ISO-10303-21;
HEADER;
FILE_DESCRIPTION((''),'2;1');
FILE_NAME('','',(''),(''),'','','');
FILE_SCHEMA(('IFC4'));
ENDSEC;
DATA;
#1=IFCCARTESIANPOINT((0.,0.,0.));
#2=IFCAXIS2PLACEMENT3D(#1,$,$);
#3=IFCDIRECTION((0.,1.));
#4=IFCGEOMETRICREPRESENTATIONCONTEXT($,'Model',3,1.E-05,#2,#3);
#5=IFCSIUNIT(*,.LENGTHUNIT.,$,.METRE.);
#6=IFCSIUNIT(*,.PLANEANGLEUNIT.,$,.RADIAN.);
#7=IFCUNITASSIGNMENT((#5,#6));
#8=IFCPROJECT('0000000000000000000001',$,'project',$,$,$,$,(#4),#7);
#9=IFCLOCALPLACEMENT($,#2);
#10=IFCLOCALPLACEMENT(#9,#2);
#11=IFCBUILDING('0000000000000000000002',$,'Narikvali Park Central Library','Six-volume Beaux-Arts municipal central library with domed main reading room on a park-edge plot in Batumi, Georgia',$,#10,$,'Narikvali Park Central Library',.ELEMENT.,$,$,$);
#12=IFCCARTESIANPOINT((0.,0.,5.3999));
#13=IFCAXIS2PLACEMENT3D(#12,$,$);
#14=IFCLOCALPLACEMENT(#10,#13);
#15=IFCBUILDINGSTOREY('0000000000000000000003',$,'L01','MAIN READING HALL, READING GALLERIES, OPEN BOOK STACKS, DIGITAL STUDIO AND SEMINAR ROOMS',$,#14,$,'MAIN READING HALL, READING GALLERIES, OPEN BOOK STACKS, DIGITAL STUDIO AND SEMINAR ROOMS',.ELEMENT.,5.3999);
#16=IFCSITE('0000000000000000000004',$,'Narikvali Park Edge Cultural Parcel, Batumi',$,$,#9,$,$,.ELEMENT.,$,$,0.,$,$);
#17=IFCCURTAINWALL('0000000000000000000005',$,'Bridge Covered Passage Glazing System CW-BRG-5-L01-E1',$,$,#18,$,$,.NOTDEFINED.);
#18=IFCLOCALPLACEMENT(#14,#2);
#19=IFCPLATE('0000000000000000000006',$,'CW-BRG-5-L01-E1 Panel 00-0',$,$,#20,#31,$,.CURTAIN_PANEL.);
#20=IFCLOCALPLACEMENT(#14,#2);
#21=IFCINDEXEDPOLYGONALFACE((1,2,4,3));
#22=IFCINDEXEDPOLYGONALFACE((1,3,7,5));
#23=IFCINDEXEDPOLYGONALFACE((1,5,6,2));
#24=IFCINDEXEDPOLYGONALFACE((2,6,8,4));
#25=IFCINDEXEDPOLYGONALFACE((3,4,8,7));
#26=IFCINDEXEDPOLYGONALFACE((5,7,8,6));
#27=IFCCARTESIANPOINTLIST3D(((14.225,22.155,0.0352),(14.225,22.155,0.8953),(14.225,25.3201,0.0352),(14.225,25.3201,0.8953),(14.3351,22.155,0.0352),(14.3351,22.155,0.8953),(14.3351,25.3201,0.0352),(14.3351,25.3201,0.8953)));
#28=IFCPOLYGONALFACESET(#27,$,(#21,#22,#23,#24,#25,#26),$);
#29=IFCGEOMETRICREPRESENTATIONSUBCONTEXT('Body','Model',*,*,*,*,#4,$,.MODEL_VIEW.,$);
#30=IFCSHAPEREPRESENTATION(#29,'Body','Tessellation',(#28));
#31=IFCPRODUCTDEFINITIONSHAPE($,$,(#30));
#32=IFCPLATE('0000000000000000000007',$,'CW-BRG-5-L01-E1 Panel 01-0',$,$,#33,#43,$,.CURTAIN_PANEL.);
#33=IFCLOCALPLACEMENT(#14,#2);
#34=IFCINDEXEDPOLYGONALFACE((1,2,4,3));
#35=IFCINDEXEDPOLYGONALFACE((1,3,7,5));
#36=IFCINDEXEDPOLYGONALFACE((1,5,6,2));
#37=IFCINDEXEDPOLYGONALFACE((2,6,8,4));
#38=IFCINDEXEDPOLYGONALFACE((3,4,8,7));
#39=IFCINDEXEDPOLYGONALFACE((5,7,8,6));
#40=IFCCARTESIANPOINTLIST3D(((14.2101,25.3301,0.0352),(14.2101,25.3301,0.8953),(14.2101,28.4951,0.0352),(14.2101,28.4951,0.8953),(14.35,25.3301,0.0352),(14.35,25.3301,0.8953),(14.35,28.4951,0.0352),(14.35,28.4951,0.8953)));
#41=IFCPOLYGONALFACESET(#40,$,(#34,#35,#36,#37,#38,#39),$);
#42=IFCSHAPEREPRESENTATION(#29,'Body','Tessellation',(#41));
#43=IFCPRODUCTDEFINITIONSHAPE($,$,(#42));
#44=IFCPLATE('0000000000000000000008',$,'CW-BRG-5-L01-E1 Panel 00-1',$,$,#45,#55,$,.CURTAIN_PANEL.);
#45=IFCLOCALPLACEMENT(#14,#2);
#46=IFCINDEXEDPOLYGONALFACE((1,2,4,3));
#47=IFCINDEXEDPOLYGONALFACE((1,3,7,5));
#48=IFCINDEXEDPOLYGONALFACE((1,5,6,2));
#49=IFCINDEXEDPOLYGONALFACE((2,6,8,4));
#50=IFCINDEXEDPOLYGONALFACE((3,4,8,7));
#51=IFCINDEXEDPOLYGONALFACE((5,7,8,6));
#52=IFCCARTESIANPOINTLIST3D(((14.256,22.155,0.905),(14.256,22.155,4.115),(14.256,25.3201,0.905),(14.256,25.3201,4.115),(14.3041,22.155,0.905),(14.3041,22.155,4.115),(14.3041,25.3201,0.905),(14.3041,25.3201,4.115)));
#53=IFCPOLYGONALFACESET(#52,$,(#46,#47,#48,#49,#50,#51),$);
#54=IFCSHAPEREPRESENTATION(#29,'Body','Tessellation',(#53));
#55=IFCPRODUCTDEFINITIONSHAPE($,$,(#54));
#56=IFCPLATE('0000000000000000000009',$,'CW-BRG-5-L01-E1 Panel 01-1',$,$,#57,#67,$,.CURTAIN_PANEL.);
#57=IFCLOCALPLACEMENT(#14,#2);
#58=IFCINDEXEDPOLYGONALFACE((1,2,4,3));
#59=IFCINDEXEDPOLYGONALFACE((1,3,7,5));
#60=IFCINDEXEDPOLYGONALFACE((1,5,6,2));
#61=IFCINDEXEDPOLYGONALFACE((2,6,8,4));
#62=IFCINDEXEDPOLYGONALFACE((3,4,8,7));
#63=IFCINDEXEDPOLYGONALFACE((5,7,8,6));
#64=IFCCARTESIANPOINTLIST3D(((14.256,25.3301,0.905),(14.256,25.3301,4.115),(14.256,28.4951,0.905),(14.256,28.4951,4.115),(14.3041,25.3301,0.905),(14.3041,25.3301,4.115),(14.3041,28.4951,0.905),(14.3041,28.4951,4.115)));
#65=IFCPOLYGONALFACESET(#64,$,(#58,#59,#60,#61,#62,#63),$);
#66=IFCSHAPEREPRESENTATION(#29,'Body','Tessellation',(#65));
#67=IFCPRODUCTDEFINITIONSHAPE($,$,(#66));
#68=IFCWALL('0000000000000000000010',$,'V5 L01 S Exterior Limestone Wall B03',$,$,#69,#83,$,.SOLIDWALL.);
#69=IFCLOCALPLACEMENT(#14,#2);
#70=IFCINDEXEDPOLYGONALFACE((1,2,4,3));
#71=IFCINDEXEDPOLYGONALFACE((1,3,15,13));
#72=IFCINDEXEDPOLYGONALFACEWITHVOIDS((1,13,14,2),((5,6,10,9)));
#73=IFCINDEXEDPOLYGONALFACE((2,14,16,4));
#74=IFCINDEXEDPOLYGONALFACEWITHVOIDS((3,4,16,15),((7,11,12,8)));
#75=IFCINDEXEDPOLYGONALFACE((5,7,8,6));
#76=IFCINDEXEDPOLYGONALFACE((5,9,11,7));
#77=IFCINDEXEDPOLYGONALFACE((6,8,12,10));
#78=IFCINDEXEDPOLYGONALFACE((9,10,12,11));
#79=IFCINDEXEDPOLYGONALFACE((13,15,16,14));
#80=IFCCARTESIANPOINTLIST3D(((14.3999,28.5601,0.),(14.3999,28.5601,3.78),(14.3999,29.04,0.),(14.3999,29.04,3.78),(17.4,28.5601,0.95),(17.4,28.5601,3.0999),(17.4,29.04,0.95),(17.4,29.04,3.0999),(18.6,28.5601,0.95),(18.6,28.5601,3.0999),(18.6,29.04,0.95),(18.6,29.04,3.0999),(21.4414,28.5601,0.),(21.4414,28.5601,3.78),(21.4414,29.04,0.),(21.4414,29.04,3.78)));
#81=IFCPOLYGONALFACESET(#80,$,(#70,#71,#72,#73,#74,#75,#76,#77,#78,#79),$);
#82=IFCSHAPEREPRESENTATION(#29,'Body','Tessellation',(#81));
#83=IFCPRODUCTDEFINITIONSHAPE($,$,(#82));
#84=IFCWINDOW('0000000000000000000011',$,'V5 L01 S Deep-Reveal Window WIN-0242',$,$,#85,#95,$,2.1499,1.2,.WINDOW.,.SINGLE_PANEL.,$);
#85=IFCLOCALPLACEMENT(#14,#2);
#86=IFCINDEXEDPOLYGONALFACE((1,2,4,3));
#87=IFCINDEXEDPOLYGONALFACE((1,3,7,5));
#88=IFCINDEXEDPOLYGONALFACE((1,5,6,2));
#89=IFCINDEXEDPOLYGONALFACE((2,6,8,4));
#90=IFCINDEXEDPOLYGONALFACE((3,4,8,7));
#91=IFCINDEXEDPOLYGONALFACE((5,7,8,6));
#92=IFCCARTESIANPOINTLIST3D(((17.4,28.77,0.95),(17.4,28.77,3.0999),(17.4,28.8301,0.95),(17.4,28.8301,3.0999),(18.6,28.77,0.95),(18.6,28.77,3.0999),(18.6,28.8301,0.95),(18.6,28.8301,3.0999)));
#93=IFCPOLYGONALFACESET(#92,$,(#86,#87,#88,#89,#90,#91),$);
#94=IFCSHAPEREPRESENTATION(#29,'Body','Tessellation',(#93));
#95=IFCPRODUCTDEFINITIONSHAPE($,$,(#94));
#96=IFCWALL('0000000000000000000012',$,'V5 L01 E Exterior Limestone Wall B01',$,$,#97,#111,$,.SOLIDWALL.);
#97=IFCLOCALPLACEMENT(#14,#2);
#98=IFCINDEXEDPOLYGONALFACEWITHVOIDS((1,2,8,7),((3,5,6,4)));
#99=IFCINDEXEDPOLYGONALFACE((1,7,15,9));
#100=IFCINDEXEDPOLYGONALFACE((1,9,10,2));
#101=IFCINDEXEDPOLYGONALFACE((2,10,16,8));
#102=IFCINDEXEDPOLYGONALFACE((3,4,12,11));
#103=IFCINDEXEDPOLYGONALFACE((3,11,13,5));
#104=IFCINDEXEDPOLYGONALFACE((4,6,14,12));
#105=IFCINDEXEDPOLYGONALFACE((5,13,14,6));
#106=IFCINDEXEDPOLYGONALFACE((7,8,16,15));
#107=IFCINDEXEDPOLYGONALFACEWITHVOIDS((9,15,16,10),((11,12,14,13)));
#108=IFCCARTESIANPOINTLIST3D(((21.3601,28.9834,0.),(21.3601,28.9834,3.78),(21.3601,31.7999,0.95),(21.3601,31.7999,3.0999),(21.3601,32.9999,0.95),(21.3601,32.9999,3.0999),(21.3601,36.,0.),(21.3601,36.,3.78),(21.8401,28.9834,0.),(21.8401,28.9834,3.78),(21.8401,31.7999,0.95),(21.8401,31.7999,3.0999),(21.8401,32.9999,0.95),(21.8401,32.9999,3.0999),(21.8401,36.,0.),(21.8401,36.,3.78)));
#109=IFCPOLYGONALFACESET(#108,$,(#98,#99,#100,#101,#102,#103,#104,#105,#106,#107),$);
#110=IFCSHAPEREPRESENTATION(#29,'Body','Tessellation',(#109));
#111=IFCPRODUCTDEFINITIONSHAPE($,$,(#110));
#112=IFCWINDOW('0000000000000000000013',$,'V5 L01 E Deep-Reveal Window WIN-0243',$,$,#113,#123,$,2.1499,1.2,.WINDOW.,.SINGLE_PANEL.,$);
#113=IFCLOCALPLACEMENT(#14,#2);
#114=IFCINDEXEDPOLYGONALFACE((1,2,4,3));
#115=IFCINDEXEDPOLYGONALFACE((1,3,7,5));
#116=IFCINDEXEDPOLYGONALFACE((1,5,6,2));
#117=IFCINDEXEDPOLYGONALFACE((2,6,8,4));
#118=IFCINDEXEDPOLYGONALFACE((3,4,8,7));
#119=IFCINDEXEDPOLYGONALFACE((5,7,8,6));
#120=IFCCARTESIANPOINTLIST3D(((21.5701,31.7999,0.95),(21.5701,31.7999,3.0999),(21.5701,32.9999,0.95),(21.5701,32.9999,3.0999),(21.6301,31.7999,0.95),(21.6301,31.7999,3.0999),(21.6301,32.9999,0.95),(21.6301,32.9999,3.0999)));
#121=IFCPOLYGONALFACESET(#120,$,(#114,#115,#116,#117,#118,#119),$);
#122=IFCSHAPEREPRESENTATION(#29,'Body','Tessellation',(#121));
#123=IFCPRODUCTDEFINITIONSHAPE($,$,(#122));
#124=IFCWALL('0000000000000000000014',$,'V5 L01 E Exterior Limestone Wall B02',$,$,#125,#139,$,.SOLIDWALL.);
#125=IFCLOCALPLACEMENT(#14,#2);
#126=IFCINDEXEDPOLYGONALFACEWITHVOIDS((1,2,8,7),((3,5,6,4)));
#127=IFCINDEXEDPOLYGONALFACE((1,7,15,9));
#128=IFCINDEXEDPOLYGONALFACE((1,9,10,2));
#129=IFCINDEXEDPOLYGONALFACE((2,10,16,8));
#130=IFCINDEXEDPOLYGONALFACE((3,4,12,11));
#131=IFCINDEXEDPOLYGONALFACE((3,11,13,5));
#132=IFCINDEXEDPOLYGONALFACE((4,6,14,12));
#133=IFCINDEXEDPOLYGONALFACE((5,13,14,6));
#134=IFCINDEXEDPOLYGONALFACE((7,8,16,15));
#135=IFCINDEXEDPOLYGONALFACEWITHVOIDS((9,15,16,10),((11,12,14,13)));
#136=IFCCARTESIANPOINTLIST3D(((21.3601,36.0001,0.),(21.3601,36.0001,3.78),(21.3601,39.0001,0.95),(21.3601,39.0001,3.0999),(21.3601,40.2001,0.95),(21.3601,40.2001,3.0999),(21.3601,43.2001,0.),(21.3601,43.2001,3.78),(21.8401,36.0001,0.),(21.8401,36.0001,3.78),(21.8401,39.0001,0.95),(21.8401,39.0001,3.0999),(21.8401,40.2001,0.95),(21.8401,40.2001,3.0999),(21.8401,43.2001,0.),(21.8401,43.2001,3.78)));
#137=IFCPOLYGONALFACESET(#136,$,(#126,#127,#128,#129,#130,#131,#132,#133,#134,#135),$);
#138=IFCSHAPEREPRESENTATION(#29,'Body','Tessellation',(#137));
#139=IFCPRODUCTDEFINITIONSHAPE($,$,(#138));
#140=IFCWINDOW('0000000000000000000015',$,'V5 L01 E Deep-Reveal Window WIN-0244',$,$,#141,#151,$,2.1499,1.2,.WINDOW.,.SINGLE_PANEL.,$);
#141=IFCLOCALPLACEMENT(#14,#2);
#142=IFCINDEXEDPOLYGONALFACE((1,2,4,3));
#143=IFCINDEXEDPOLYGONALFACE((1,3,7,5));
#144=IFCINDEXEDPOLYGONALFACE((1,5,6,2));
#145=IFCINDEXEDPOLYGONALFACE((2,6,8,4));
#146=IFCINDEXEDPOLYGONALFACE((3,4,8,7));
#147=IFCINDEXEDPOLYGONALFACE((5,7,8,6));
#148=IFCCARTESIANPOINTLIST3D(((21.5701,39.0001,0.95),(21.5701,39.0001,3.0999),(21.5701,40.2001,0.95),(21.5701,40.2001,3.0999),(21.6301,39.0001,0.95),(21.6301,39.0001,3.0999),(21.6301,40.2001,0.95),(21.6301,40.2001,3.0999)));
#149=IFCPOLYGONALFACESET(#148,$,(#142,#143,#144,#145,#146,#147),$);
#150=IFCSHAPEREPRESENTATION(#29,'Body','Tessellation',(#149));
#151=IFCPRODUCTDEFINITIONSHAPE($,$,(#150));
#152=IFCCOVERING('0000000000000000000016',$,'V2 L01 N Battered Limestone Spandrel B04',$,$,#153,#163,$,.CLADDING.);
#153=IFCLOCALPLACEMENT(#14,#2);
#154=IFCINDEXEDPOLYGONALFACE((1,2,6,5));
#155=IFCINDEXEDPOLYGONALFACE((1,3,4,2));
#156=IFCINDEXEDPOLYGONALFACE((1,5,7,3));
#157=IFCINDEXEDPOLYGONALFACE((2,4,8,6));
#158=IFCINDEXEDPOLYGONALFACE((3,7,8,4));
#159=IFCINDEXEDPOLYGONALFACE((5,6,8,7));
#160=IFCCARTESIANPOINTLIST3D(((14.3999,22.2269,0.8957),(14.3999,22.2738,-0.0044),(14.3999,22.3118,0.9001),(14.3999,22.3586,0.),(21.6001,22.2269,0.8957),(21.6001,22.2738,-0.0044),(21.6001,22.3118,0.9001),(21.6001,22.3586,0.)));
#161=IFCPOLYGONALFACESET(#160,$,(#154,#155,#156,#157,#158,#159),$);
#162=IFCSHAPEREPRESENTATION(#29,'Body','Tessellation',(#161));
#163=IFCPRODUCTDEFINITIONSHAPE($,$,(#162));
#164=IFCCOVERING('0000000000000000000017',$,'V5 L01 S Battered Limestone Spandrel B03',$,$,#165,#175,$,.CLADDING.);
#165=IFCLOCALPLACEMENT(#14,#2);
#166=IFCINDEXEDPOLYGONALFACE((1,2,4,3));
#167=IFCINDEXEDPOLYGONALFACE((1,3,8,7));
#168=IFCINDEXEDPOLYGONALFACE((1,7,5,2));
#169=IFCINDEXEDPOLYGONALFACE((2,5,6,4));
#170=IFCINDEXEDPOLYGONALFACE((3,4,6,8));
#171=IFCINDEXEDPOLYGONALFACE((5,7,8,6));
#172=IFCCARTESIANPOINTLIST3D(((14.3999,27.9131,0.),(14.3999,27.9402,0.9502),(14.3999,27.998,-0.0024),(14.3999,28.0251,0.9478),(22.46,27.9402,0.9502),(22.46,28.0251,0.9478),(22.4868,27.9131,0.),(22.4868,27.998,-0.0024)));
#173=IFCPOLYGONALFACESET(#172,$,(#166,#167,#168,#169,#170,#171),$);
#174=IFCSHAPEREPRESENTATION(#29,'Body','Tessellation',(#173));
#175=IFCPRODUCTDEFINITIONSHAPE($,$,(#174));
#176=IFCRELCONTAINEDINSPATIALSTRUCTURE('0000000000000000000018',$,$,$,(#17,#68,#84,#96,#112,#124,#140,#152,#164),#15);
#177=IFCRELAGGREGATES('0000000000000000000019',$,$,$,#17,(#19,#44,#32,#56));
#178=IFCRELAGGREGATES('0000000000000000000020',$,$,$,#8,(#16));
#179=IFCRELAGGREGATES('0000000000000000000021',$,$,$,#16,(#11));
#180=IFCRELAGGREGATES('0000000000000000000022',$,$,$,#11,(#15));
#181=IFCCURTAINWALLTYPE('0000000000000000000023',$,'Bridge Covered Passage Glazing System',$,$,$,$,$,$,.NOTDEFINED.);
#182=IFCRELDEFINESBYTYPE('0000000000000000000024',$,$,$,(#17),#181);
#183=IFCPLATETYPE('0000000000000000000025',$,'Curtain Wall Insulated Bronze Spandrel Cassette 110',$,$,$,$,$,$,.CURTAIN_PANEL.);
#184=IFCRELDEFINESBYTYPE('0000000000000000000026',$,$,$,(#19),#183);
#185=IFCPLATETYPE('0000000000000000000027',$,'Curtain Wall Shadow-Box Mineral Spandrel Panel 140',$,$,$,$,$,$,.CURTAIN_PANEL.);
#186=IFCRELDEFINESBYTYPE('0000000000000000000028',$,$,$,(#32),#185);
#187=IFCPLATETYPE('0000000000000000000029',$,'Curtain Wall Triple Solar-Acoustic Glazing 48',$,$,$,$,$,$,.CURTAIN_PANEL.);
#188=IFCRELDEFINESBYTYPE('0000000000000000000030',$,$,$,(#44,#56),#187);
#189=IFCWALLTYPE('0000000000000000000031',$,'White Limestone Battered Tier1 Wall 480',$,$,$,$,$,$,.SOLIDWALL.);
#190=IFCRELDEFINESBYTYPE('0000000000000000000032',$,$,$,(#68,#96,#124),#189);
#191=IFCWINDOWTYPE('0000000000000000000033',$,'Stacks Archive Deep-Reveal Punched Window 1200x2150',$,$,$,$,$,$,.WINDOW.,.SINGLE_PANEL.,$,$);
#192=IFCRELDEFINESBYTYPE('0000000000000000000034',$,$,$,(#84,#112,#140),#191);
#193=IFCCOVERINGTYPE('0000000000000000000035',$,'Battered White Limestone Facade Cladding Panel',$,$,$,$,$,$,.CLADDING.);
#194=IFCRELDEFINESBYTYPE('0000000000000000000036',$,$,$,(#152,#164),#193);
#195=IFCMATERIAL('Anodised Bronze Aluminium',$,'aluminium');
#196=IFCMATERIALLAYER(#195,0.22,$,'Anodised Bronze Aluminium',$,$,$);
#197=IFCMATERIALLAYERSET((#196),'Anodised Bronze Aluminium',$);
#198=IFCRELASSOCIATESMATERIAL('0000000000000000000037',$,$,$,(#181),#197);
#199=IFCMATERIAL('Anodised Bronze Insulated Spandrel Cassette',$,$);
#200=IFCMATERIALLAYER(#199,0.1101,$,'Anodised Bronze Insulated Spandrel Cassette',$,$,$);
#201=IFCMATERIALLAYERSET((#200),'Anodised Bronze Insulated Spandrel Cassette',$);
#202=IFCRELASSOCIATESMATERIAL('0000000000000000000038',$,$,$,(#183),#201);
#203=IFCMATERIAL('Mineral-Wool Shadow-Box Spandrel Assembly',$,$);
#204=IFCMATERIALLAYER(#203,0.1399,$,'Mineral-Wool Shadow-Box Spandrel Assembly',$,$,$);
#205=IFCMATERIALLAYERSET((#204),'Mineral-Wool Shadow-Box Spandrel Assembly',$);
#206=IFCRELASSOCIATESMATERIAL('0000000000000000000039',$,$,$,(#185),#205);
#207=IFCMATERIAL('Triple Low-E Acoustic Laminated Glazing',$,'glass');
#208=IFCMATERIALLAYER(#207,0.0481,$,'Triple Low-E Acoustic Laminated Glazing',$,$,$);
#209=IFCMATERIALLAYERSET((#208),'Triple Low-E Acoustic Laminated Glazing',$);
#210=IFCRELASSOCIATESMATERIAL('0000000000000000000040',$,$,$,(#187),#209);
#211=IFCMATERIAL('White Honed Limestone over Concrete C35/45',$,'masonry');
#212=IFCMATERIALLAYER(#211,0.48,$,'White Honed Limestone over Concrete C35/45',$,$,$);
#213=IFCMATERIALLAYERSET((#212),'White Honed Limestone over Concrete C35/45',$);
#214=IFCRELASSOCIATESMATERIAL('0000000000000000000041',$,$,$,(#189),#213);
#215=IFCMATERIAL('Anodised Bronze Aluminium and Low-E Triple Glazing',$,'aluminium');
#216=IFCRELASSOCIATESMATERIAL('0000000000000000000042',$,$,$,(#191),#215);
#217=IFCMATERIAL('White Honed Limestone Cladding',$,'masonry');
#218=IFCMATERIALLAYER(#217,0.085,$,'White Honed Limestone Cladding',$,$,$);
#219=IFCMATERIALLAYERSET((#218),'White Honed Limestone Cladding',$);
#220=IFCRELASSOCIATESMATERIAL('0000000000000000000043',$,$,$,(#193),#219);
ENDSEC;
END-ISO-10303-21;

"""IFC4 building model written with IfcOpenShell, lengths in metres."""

from ifc_helpers import new_model, si_unit, direction, frame, frame_2d, origin, origin_2d, place, context, subcontext, project, spatial, polyline, rectangle, outline, extrude, material, layer, layer_set, type_object, element, fill, aggregate, save


model = new_model("IFC4")

# Units and contexts
model_context = context("Model", 3, precision=1e-05, world=origin(), true_north=direction((0.0, 1.0)))
body_context = subcontext(model_context, "Body", "Model", "MODEL_VIEW")
ifc_project = project(units=[si_unit("LENGTHUNIT", "METRE"), si_unit("PLANEANGLEUNIT", "RADIAN")], contexts=[model_context])

# Site, building, storey
site_placement = place(None, origin())
site = spatial("IfcSite", under=ifc_project, at=site_placement, Name="Narikvali Park Edge Cultural Parcel, Batumi", CompositionType="ELEMENT", RefElevation=0.0)
building_placement = place(site_placement, origin())
building = spatial("IfcBuilding", under=site, at=building_placement, Name="Narikvali Park Central Library", Description="Six-volume Beaux-Arts municipal central library with domed main reading room on a park-edge plot in Batumi, Georgia", LongName="Narikvali Park Central Library", CompositionType="ELEMENT")
storey_placement = place(building_placement, frame((0.0, 0.0, 5.3999)))
storey = spatial("IfcBuildingStorey", under=building, at=storey_placement, Name="L01", Description="MAIN READING HALL, READING GALLERIES, OPEN BOOK STACKS, DIGITAL STUDIO AND SEMINAR ROOMS", LongName="MAIN READING HALL, READING GALLERIES, OPEN BOOK STACKS, DIGITAL STUDIO AND SEMINAR ROOMS", CompositionType="ELEMENT", Elevation=5.3999)

# Curtain wall
ifc_material_1 = material(Name="Anodised Bronze Aluminium", Category="aluminium")
ifc_layer_1 = layer(ifc_material_1, 0.22, Name="Anodised Bronze Aluminium")
ifc_layer_set_1 = layer_set([ifc_layer_1], Name="Anodised Bronze Aluminium")
curtain_wall_type = type_object("IfcCurtainWallType", Name="Bridge Covered Passage Glazing System", PredefinedType="NOTDEFINED", material=ifc_layer_set_1)
curtain_wall_placement = place(storey_placement, origin())
curtain_wall = element("IfcCurtainWall", 1, at=curtain_wall_placement, inside=storey, type_object=curtain_wall_type, Name="Bridge Covered Passage Glazing System CW-BRG-5-L01-E1", PredefinedType="NOTDEFINED")

# Plates
ifc_material_2 = material(Name="Anodised Bronze Insulated Spandrel Cassette")
ifc_layer_2 = layer(ifc_material_2, 0.1101, Name="Anodised Bronze Insulated Spandrel Cassette")
ifc_layer_set_2 = layer_set([ifc_layer_2], Name="Anodised Bronze Insulated Spandrel Cassette")
plate_type_1 = type_object("IfcPlateType", Name="Curtain Wall Insulated Bronze Spandrel Cassette 110", PredefinedType="CURTAIN_PANEL", material=ifc_layer_set_2)
plate_1_placement = place(storey_placement, frame((14.28, 23.7375, 0.0352), z_axis=(0.0, 0.0, 1.0), x_axis=(0.0, 1.0, 0.0)))
plate_1 = element("IfcPlate", 2, at=plate_1_placement, type_object=plate_type_1, Name="CW-BRG-5-L01-E1 Panel 00-0", PredefinedType="CURTAIN_PANEL", context=body_context, shape_type="SweptSolid", body=[
    extrude(rectangle(XDim=3.165, YDim=0.1101, at=origin_2d()), origin(), (0.0, 0.0, 1.0), 0.8601),
])
ifc_material_3 = material(Name="Mineral-Wool Shadow-Box Spandrel Assembly")
ifc_layer_3 = layer(ifc_material_3, 0.1399, Name="Mineral-Wool Shadow-Box Spandrel Assembly")
ifc_layer_set_3 = layer_set([ifc_layer_3], Name="Mineral-Wool Shadow-Box Spandrel Assembly")
plate_type_2 = type_object("IfcPlateType", Name="Curtain Wall Shadow-Box Mineral Spandrel Panel 140", PredefinedType="CURTAIN_PANEL", material=ifc_layer_set_3)
plate_2_placement = place(storey_placement, frame((14.28, 26.9126, 0.0352), z_axis=(0.0, 0.0, 1.0), x_axis=(0.0, 1.0, 0.0)))
plate_2 = element("IfcPlate", 3, at=plate_2_placement, type_object=plate_type_2, Name="CW-BRG-5-L01-E1 Panel 01-0", PredefinedType="CURTAIN_PANEL", context=body_context, shape_type="SweptSolid", body=[
    extrude(rectangle(XDim=3.165, YDim=0.1399, at=origin_2d()), origin(), (0.0, 0.0, 1.0), 0.8601),
])
ifc_material_4 = material(Name="Triple Low-E Acoustic Laminated Glazing", Category="glass")
ifc_layer_4 = layer(ifc_material_4, 0.0481, Name="Triple Low-E Acoustic Laminated Glazing")
ifc_layer_set_4 = layer_set([ifc_layer_4], Name="Triple Low-E Acoustic Laminated Glazing")
plate_type_3 = type_object("IfcPlateType", Name="Curtain Wall Triple Solar-Acoustic Glazing 48", PredefinedType="CURTAIN_PANEL", material=ifc_layer_set_4)
plate_3_placement = place(storey_placement, frame((14.28, 23.7375, 0.905), z_axis=(0.0, 0.0, 1.0), x_axis=(0.0, 1.0, 0.0)))
plate_3 = element("IfcPlate", 4, at=plate_3_placement, type_object=plate_type_3, Name="CW-BRG-5-L01-E1 Panel 00-1", PredefinedType="CURTAIN_PANEL", context=body_context, shape_type="SweptSolid", body=[
    extrude(rectangle(XDim=3.165, YDim=0.0481, at=origin_2d()), origin(), (0.0, 0.0, 1.0), 3.21),
])
plate_4_placement = place(storey_placement, frame((14.28, 26.9126, 0.905), z_axis=(0.0, 0.0, 1.0), x_axis=(0.0, 1.0, 0.0)))
plate_4 = element("IfcPlate", 5, at=plate_4_placement, type_object=plate_type_3, Name="CW-BRG-5-L01-E1 Panel 01-1", PredefinedType="CURTAIN_PANEL", context=body_context, shape_type="SweptSolid", body=[
    extrude(rectangle(XDim=3.165, YDim=0.0481, at=origin_2d()), origin(), (0.0, 0.0, 1.0), 3.21),
])
aggregate(curtain_wall, [plate_1, plate_3, plate_2, plate_4])

# Walls, openings, windows
ifc_material_5 = material(Name="White Honed Limestone over Concrete C35/45", Category="masonry")
ifc_layer_5 = layer(ifc_material_5, 0.48, Name="White Honed Limestone over Concrete C35/45")
ifc_layer_set_5 = layer_set([ifc_layer_5], Name="White Honed Limestone over Concrete C35/45")
wall_type = type_object("IfcWallType", Name="White Limestone Battered Tier1 Wall 480", PredefinedType="SOLIDWALL", material=ifc_layer_set_5)
wall_1_placement = place(storey_placement, frame((14.3999, 28.8, 0.0), z_axis=(0.0, 0.0, 1.0), x_axis=(1.0, 0.0, 0.0)))
wall_1 = element("IfcWall", 6, at=wall_1_placement, inside=storey, type_object=wall_type, Name="V5 L01 S Exterior Limestone Wall B03", PredefinedType="SOLIDWALL", context=body_context, shape_type="SweptSolid", body=[
    extrude(rectangle(XDim=7.0415, YDim=0.48, at=frame_2d((3.5208, 0.0))), origin(), (0.0, 0.0, 1.0), 3.78),
])
opening_1_placement = place(wall_1_placement, frame((3.0, 0.0, 0.95)))
opening_1 = element("IfcOpeningElement", 7, at=opening_1_placement, cuts=wall_1, PredefinedType="OPENING", context=body_context, shape_type="SweptSolid", body=[
    extrude(rectangle(XDim=1.2, YDim=2.1499, at=frame_2d((0.6001, 1.075))), frame((0.0, 0.252, 0.0), z_axis=(0.0, -1.0, 0.0), x_axis=(1.0, 0.0, 0.0)), (0.0, 0.0, 1.0), 0.5039),
])
ifc_material_6 = material(Name="Anodised Bronze Aluminium and Low-E Triple Glazing", Category="aluminium")
window_type = type_object("IfcWindowType", Name="Stacks Archive Deep-Reveal Punched Window 1200x2150", PartitioningType="SINGLE_PANEL", PredefinedType="WINDOW", material=ifc_material_6)
window_1_placement = place(opening_1_placement, origin())
window_1 = element("IfcWindow", 8, at=window_1_placement, inside=storey, type_object=window_type, Name="V5 L01 S Deep-Reveal Window WIN-0242", OverallHeight=2.1499, OverallWidth=1.2, PartitioningType="SINGLE_PANEL", PredefinedType="WINDOW", context=body_context, shape_type="SweptSolid", body=[
    extrude(rectangle(XDim=1.2, YDim=2.1499, at=frame_2d((0.6001, 1.075))), frame((0.0, 0.03, 0.0), z_axis=(0.0, -1.0, 0.0), x_axis=(1.0, 0.0, 0.0)), (0.0, 0.0, 1.0), 0.0601),
])
fill(opening_1, window_1)
wall_2_placement = place(storey_placement, frame((21.6001, 28.9834, 0.0), z_axis=(0.0, 0.0, 1.0), x_axis=(0.0, 1.0, 0.0)))
wall_2 = element("IfcWall", 9, at=wall_2_placement, inside=storey, type_object=wall_type, Name="V5 L01 E Exterior Limestone Wall B01", PredefinedType="SOLIDWALL", context=body_context, shape_type="SweptSolid", body=[
    extrude(rectangle(XDim=7.0166, YDim=0.48, at=frame_2d((3.5083, 0.0))), origin(), (0.0, 0.0, 1.0), 3.78),
])
opening_2_placement = place(wall_2_placement, frame((2.8164, 0.0, 0.95)))
opening_2 = element("IfcOpeningElement", 10, at=opening_2_placement, cuts=wall_2, PredefinedType="OPENING", context=body_context, shape_type="SweptSolid", body=[
    extrude(rectangle(XDim=1.2, YDim=2.1499, at=frame_2d((0.6001, 1.075))), frame((0.0, 0.252, 0.0), z_axis=(0.0, -1.0, 0.0), x_axis=(1.0, 0.0, 0.0)), (0.0, 0.0, 1.0), 0.5039),
])
window_2_placement = place(opening_2_placement, origin())
window_2 = element("IfcWindow", 11, at=window_2_placement, inside=storey, type_object=window_type, Name="V5 L01 E Deep-Reveal Window WIN-0243", OverallHeight=2.1499, OverallWidth=1.2, PartitioningType="SINGLE_PANEL", PredefinedType="WINDOW", context=body_context, shape_type="SweptSolid", body=[
    extrude(rectangle(XDim=1.2, YDim=2.1499, at=frame_2d((0.6001, 1.075))), frame((0.0, 0.03, 0.0), z_axis=(0.0, -1.0, 0.0), x_axis=(1.0, 0.0, 0.0)), (0.0, 0.0, 1.0), 0.0601),
])
fill(opening_2, window_2)
wall_3_placement = place(storey_placement, frame((21.6001, 36.0, 0.0), z_axis=(0.0, 0.0, 1.0), x_axis=(0.0, 1.0, 0.0)))
wall_3 = element("IfcWall", 12, at=wall_3_placement, inside=storey, type_object=wall_type, Name="V5 L01 E Exterior Limestone Wall B02", PredefinedType="SOLIDWALL", context=body_context, shape_type="SweptSolid", body=[
    extrude(rectangle(XDim=7.2, YDim=0.48, at=frame_2d((3.6001, 0.0))), origin(), (0.0, 0.0, 1.0), 3.78),
])
opening_3_placement = place(wall_3_placement, frame((3.0, 0.0, 0.95)))
opening_3 = element("IfcOpeningElement", 13, at=opening_3_placement, cuts=wall_3, PredefinedType="OPENING", context=body_context, shape_type="SweptSolid", body=[
    extrude(rectangle(XDim=1.2, YDim=2.1499, at=frame_2d((0.6001, 1.075))), frame((0.0, 0.252, 0.0), z_axis=(0.0, -1.0, 0.0), x_axis=(1.0, 0.0, 0.0)), (0.0, 0.0, 1.0), 0.5039),
])
window_3_placement = place(opening_3_placement, origin())
window_3 = element("IfcWindow", 14, at=window_3_placement, inside=storey, type_object=window_type, Name="V5 L01 E Deep-Reveal Window WIN-0244", OverallHeight=2.1499, OverallWidth=1.2, PartitioningType="SINGLE_PANEL", PredefinedType="WINDOW", context=body_context, shape_type="SweptSolid", body=[
    extrude(rectangle(XDim=1.2, YDim=2.1499, at=frame_2d((0.6001, 1.075))), frame((0.0, 0.03, 0.0), z_axis=(0.0, -1.0, 0.0), x_axis=(1.0, 0.0, 0.0)), (0.0, 0.0, 1.0), 0.0601),
])
fill(opening_3, window_3)

# Coverings
ifc_material_7 = material(Name="White Honed Limestone Cladding", Category="masonry")
ifc_layer_6 = layer(ifc_material_7, 0.085, Name="White Honed Limestone Cladding")
ifc_layer_set_6 = layer_set([ifc_layer_6], Name="White Honed Limestone Cladding")
covering_type = type_object("IfcCoveringType", Name="Battered White Limestone Facade Cladding Panel", PredefinedType="CLADDING", material=ifc_layer_set_6)
covering_1_placement = place(storey_placement, frame((21.6001, 22.3586, 0.0), z_axis=(0.0, 0.998647, 0.052004), x_axis=(-1.0, 0.0, 0.0)))
element("IfcCovering", 15, at=covering_1_placement, inside=storey, type_object=covering_type, Name="V2 L01 N Battered Limestone Spandrel B04", PredefinedType="CLADDING", context=body_context, shape_type="SweptSolid", body=[
    extrude(outline(polyline([(0.0, 0.0), (7.2002, 0.0), (7.2002, 0.9014), (0.0, 0.9014), (0.0, 0.0)])), origin(), (0.0, 0.0, -1.0), 0.085),
])
covering_2_placement = place(storey_placement, frame((14.3999, 27.9131, 0.0), z_axis=(0.0, -0.999594, 0.028508), x_axis=(1.0, 0.0, 0.0)))
element("IfcCovering", 16, at=covering_2_placement, inside=storey, type_object=covering_type, Name="V5 L01 S Battered Limestone Spandrel B03", PredefinedType="CLADDING", context=body_context, shape_type="SweptSolid", body=[
    extrude(outline(polyline([(0.0, 0.0), (8.0869, 0.0), (8.0601, 0.9506), (0.0, 0.9506), (0.0, 0.0)])), origin(), (0.0, 0.0, -1.0), 0.085),
])

save(model, "model.ifc")
